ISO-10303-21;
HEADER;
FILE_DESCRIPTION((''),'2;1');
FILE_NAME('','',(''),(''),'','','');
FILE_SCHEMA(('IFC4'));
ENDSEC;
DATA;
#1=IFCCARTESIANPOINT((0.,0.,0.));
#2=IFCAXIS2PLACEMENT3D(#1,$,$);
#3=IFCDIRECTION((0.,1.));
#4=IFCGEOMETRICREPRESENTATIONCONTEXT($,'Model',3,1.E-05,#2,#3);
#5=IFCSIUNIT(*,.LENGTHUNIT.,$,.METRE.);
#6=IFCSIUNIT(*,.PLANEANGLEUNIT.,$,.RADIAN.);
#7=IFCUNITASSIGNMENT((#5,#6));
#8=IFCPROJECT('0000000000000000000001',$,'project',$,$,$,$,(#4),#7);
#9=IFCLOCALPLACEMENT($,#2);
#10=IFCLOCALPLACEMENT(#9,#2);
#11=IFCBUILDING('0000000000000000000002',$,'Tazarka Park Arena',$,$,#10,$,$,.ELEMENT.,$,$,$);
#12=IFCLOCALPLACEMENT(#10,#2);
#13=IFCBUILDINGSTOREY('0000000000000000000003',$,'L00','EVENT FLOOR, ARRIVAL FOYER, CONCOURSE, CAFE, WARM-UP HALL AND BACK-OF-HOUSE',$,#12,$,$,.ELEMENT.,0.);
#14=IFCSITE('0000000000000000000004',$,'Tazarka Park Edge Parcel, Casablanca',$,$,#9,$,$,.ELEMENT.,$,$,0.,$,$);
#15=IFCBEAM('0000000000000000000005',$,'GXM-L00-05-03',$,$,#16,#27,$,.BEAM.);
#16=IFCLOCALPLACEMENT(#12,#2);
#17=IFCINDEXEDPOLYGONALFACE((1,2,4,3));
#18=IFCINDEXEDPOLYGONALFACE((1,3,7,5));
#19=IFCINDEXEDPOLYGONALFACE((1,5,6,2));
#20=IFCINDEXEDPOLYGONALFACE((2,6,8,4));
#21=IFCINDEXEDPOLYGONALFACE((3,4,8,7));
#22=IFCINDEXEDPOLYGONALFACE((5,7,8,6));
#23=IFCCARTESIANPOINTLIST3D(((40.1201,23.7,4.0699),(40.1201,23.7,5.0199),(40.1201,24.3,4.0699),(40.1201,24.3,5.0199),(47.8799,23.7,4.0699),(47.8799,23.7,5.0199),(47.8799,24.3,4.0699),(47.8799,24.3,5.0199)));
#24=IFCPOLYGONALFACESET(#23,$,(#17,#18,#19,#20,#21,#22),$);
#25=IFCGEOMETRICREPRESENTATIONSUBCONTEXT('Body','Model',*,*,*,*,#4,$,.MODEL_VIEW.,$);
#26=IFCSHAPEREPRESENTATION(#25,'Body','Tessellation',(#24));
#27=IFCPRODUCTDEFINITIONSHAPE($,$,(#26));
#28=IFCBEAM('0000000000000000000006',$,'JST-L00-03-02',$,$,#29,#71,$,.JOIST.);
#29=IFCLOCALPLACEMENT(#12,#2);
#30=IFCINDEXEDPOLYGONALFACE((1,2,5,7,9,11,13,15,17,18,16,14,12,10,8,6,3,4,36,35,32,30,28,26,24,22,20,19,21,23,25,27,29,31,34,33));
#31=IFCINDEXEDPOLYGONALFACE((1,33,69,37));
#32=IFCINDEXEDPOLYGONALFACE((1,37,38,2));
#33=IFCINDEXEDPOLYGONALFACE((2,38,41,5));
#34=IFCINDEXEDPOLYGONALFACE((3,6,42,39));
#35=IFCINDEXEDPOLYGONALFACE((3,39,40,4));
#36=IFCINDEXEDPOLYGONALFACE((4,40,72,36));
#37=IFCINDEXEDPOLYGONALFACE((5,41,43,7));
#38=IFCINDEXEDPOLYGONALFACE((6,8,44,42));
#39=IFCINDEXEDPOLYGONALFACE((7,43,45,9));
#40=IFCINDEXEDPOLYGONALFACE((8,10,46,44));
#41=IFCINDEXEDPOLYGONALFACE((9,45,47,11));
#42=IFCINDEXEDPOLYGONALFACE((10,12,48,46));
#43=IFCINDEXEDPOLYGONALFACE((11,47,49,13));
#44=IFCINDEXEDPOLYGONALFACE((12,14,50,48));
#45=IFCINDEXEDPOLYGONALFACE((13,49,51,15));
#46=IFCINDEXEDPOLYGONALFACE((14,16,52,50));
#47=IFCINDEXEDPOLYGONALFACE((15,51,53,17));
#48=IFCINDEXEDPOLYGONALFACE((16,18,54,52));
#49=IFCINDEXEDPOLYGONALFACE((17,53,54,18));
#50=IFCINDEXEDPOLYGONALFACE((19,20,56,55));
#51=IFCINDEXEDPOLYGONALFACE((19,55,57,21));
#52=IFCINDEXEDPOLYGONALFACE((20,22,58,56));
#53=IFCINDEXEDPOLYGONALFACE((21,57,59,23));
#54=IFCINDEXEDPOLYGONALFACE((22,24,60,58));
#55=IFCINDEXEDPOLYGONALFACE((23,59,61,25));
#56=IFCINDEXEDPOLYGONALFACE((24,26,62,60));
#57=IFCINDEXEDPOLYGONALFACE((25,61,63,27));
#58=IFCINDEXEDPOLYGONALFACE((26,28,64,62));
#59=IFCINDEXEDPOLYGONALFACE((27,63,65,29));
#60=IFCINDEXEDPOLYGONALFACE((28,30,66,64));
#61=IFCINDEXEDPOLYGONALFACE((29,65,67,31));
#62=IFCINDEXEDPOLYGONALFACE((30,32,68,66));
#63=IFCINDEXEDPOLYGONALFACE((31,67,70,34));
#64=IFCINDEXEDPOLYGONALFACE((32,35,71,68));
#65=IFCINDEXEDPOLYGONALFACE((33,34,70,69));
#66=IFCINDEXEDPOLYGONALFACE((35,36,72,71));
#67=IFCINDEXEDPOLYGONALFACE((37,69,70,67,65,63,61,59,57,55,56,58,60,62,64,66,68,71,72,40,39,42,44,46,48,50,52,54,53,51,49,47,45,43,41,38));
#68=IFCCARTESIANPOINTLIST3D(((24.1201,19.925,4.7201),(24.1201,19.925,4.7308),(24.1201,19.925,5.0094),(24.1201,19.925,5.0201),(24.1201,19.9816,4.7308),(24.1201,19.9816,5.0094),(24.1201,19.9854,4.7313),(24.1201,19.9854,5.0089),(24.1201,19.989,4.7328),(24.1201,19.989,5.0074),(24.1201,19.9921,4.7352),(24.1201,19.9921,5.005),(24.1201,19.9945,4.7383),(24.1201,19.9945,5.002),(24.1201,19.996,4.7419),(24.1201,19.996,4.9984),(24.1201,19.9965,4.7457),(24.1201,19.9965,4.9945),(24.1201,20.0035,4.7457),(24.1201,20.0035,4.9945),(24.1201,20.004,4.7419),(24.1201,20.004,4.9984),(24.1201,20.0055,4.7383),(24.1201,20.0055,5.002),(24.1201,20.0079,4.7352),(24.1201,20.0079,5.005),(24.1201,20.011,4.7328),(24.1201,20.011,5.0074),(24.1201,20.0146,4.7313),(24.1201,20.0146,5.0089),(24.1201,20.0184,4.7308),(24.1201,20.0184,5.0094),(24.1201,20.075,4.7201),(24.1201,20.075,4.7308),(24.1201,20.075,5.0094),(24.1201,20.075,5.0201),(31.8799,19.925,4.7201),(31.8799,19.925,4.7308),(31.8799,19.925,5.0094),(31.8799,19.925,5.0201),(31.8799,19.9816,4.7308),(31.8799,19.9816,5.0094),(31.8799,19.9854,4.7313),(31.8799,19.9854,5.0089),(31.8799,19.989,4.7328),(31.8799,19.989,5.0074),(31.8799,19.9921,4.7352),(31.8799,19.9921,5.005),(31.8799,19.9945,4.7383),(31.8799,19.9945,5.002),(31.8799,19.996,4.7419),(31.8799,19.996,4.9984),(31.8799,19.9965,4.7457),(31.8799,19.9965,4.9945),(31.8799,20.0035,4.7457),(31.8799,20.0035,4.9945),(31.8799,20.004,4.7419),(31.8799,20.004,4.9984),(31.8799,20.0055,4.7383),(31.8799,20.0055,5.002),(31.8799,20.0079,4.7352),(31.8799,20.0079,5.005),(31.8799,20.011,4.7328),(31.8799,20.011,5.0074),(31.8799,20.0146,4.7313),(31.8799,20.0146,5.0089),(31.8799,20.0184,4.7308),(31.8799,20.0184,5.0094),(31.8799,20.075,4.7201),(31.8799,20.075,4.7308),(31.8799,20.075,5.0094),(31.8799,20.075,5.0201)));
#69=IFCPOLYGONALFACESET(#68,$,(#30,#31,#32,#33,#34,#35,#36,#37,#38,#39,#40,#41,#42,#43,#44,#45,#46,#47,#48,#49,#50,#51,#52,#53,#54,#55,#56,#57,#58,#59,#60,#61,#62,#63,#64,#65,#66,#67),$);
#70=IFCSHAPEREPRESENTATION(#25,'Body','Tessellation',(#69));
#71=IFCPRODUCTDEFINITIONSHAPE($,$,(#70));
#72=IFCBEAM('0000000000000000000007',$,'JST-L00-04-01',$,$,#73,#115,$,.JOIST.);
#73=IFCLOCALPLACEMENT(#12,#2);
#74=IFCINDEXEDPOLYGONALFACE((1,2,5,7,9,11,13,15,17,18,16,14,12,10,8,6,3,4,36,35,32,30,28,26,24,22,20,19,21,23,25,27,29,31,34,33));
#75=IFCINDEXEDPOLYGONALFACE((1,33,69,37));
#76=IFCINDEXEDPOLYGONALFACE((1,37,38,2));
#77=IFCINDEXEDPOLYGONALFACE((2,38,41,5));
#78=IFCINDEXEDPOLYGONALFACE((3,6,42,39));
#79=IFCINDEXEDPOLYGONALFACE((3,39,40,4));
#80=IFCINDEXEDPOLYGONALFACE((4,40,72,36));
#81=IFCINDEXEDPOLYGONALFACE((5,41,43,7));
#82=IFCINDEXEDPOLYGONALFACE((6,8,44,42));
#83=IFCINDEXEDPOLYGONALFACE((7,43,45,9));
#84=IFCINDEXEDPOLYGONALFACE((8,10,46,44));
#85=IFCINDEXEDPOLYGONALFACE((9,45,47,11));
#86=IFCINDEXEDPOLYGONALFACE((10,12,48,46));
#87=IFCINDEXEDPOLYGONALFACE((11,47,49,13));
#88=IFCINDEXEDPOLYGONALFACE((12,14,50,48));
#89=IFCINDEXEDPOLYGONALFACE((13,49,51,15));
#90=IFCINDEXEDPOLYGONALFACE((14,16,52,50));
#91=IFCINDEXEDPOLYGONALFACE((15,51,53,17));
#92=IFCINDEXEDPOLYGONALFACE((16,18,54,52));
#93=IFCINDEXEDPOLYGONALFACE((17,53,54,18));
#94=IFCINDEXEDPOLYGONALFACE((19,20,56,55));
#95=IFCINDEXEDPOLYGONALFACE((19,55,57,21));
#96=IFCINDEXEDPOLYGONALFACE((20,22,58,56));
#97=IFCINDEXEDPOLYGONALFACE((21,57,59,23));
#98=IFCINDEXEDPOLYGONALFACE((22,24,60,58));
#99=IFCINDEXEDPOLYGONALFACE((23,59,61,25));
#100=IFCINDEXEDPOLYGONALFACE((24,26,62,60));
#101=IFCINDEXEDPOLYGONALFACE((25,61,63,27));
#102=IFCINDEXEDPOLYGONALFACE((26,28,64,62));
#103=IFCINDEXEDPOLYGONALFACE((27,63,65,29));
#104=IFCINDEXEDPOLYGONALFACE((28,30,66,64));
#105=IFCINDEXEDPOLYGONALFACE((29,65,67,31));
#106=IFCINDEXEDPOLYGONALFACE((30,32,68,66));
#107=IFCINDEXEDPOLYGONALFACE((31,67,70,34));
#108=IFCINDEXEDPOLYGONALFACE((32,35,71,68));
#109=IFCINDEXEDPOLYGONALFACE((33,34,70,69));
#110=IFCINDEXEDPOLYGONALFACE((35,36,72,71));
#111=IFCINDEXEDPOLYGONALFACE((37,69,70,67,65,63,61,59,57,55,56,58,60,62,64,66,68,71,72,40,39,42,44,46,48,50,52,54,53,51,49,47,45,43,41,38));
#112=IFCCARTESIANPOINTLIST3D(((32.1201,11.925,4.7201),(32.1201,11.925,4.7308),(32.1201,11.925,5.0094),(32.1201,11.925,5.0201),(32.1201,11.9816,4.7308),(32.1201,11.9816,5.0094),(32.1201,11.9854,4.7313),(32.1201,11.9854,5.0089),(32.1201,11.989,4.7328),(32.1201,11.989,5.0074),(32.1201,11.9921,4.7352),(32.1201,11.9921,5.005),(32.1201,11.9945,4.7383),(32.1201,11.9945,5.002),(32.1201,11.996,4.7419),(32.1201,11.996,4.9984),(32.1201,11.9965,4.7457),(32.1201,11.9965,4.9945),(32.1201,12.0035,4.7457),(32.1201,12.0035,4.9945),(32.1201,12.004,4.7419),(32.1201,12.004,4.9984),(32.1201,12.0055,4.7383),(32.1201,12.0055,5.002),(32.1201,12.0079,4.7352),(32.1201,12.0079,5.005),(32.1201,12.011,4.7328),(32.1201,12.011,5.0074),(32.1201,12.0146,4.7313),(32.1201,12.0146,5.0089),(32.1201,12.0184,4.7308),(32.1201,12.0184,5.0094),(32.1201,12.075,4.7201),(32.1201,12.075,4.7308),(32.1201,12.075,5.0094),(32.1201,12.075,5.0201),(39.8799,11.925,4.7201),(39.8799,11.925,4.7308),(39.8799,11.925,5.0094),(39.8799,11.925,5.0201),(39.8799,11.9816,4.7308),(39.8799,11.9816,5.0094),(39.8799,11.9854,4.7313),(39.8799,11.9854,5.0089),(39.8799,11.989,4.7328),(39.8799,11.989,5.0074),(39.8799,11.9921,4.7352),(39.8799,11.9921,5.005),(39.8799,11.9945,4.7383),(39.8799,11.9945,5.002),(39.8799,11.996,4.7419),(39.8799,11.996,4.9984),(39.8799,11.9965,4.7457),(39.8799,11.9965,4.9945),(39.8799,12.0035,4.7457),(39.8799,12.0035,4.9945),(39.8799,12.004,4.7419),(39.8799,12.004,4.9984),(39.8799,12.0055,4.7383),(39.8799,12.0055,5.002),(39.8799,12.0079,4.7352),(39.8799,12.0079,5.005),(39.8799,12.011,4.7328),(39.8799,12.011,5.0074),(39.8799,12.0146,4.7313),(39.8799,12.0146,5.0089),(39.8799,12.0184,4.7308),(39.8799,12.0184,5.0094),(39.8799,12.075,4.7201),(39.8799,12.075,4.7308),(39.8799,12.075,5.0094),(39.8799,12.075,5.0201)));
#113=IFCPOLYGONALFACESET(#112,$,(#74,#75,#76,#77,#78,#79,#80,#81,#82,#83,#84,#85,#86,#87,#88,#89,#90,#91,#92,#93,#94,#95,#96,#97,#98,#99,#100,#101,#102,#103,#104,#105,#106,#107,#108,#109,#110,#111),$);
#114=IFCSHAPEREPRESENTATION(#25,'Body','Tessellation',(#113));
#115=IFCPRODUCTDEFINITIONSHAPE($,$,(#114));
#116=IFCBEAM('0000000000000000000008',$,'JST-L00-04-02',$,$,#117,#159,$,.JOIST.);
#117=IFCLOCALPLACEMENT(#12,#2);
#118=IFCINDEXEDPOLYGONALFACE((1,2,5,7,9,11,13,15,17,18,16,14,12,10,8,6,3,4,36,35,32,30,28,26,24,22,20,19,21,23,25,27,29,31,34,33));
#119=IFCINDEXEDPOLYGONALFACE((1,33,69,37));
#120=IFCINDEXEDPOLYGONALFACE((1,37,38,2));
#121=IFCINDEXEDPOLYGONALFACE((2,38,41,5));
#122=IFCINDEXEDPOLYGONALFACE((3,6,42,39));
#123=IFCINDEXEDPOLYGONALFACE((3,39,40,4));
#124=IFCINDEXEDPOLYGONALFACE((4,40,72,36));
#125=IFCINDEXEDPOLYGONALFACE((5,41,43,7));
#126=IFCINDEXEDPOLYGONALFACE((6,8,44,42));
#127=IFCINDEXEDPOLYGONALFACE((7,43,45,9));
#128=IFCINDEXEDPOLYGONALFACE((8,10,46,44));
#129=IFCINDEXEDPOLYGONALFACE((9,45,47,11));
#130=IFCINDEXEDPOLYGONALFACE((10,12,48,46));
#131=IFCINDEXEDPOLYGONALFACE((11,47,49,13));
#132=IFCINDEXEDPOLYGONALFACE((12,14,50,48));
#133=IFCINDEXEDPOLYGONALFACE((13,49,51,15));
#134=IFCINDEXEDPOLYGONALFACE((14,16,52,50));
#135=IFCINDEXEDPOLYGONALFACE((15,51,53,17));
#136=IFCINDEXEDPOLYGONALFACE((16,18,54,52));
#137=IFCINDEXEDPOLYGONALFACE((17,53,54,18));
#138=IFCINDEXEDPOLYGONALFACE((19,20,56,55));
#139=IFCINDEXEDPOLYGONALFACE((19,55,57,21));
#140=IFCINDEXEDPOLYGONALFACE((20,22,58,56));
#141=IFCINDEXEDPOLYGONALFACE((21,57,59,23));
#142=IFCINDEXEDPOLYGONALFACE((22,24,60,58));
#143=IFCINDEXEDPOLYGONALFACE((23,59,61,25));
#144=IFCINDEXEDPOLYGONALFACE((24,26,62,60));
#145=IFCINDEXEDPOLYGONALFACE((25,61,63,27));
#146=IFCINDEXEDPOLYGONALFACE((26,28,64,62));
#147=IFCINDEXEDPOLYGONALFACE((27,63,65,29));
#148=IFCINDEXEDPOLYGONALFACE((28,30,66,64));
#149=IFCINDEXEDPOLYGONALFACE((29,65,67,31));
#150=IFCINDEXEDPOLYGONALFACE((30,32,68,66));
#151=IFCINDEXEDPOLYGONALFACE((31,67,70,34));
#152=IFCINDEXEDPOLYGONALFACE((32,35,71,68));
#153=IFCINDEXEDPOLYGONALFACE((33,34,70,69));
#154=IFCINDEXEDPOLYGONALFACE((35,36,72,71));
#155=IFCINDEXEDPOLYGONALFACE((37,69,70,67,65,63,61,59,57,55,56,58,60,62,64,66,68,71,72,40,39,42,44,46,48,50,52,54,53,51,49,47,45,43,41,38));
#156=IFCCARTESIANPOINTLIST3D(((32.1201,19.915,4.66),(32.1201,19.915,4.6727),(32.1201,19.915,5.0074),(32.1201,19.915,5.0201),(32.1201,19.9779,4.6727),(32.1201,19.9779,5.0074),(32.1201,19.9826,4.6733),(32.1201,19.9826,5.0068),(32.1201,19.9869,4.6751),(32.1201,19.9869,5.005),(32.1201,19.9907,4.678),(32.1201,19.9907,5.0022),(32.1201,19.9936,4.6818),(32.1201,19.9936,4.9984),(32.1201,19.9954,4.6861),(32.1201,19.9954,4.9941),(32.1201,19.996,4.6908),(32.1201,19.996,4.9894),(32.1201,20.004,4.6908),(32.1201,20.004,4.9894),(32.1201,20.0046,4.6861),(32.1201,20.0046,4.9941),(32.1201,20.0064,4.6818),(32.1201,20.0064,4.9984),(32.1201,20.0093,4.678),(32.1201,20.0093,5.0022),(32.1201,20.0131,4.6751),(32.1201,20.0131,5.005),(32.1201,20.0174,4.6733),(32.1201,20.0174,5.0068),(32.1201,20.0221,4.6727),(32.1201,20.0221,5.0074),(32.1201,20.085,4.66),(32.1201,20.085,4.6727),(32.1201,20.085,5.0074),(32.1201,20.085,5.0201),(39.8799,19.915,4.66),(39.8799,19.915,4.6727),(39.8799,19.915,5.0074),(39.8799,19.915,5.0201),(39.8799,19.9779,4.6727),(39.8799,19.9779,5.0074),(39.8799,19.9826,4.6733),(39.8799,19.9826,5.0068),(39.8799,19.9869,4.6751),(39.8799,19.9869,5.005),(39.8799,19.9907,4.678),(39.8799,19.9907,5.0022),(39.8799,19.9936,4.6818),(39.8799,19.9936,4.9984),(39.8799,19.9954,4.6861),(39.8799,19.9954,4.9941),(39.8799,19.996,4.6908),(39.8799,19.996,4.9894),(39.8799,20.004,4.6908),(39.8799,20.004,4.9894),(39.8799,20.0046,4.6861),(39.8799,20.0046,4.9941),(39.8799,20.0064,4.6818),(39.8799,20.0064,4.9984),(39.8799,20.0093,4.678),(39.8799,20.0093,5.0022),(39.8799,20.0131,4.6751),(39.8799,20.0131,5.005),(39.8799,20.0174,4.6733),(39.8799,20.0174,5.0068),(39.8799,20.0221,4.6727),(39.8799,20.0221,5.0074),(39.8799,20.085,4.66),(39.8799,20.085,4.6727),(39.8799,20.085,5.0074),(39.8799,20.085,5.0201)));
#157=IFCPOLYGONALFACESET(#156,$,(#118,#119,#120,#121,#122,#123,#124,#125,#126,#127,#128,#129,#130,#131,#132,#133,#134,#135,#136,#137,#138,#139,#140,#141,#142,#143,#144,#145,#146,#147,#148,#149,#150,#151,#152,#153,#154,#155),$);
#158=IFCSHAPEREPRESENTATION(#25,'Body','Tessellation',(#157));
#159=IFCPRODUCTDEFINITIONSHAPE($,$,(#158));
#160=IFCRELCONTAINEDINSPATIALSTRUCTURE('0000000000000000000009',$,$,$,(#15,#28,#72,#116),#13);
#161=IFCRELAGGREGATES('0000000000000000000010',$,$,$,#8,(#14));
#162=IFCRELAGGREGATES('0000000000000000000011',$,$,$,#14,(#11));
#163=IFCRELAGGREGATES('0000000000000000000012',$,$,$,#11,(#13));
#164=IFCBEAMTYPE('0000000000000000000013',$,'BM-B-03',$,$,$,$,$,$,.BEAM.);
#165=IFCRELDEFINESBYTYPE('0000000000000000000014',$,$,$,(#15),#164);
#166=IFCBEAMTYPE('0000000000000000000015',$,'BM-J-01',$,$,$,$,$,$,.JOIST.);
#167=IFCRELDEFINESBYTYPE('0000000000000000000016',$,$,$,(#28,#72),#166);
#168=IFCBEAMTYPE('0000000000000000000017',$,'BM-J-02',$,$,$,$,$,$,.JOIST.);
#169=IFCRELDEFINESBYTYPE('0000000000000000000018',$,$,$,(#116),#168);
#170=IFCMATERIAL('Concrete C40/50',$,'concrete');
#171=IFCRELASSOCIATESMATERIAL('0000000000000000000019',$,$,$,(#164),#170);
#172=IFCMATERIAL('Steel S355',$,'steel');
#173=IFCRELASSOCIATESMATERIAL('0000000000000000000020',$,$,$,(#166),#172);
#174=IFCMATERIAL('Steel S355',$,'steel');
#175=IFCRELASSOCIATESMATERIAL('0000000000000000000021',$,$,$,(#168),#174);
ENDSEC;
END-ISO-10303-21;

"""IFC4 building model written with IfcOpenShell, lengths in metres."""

from ifc_helpers import new_model, si_unit, direction, frame, origin, origin_2d, place, context, subcontext, project, spatial, rectangle, i_section, extrude, material, material_profile, profile_set, type_object, element, save


model = new_model("IFC4")

# Units and contexts
model_context = context("Model", 3, precision=1e-05, world=origin(), true_north=direction((0.0, 1.0)))
body_context = subcontext(model_context, "Body", "Model", "MODEL_VIEW")
ifc_project = project(units=[si_unit("LENGTHUNIT", "METRE"), si_unit("PLANEANGLEUNIT", "RADIAN")], contexts=[model_context])

# Site, building, storey
site_placement = place(None, origin())
site = spatial("IfcSite", under=ifc_project, at=site_placement, Name="Tazarka Park Edge Parcel, Casablanca", CompositionType="ELEMENT", RefElevation=0.0)
building_placement = place(site_placement, origin())
building = spatial("IfcBuilding", under=site, at=building_placement, Name="Tazarka Park Arena", CompositionType="ELEMENT")
storey_placement = place(building_placement, origin())
storey = spatial("IfcBuildingStorey", under=building, at=storey_placement, Name="L00", Description="EVENT FLOOR, ARRIVAL FOYER, CONCOURSE, CAFE, WARM-UP HALL AND BACK-OF-HOUSE", CompositionType="ELEMENT", Elevation=0.0)

# Beams
ifc_material_1 = material(Name="Concrete C40/50", Category="concrete")
ifc_material_profile_1 = material_profile(ifc_material_1, rectangle(XDim=0.6001, YDim=0.95, at=origin_2d()), Name="Concrete C40/50")
ifc_profile_set_1 = profile_set([ifc_material_profile_1], Name="Concrete C40/50")
beam_type_1 = type_object("IfcBeamType", Name="BM-B-03", PredefinedType="BEAM", material=ifc_profile_set_1)
for number, where, z_axis, x_axis, name in (
    (1, (40.1201, 24.0, 4.5449), (1.0, 0.0, 0.0), (0.0, 1.0, 0.0), "GXM-L00-05-03"),
):
    element("IfcBeam", number, at=place(storey_placement, frame(where, z_axis=z_axis, x_axis=x_axis)), inside=storey, type_object=beam_type_1, Name=name, PredefinedType="BEAM", context=body_context, shape_type="SweptSolid", body=[
        extrude(rectangle(XDim=0.6001, YDim=0.95, at=origin_2d()), origin(), (0.0, 0.0, 1.0), 7.7598),
    ])
ifc_material_2 = material(Name="Steel S355", Category="steel")
ifc_material_profile_2 = material_profile(ifc_material_2, i_section(OverallWidth=0.1499, OverallDepth=0.3, WebThickness=0.0071, FlangeThickness=0.0107, FilletRadius=0.0149, at=origin_2d()), Name="Steel S355")
ifc_profile_set_2 = profile_set([ifc_material_profile_2], Name="Steel S355")
beam_type_2 = type_object("IfcBeamType", Name="BM-J-01", PredefinedType="JOIST", material=ifc_profile_set_2)
for number, where, z_axis, x_axis, name in (
    (2, (24.1201, 20.0, 4.8701), (1.0, 0.0, 0.0), (0.0, 1.0, 0.0), "JST-L00-03-02"),
    (3, (32.1201, 12.0, 4.8701), (1.0, 0.0, 0.0), (0.0, 1.0, 0.0), "JST-L00-04-01"),
):
    element("IfcBeam", number, at=place(storey_placement, frame(where, z_axis=z_axis, x_axis=x_axis)), inside=storey, type_object=beam_type_2, Name=name, PredefinedType="JOIST", context=body_context, shape_type="SweptSolid", body=[
        extrude(i_section(OverallWidth=0.1499, OverallDepth=0.3, WebThickness=0.0071, FlangeThickness=0.0107, FilletRadius=0.0149, at=origin_2d()), origin(), (0.0, 0.0, 1.0), 7.7598),
    ])
ifc_material_3 = material(Name="Steel S355", Category="steel")
ifc_material_profile_3 = material_profile(ifc_material_3, i_section(OverallWidth=0.1699, OverallDepth=0.3601, WebThickness=0.0081, FlangeThickness=0.0127, FilletRadius=0.0181, at=origin_2d()), Name="Steel S355")
ifc_profile_set_3 = profile_set([ifc_material_profile_3], Name="Steel S355")
beam_type_3 = type_object("IfcBeamType", Name="BM-J-02", PredefinedType="JOIST", material=ifc_profile_set_3)
for number, where, z_axis, x_axis, name in (
    (4, (32.1201, 20.0, 4.8401), (1.0, 0.0, 0.0), (0.0, 1.0, 0.0), "JST-L00-04-02"),
):
    element("IfcBeam", number, at=place(storey_placement, frame(where, z_axis=z_axis, x_axis=x_axis)), inside=storey, type_object=beam_type_3, Name=name, PredefinedType="JOIST", context=body_context, shape_type="SweptSolid", body=[
        extrude(i_section(OverallWidth=0.1699, OverallDepth=0.3601, WebThickness=0.0081, FlangeThickness=0.0127, FilletRadius=0.0181, at=origin_2d()), origin(), (0.0, 0.0, 1.0), 7.7598),
    ])

save(model, "model.ifc")
